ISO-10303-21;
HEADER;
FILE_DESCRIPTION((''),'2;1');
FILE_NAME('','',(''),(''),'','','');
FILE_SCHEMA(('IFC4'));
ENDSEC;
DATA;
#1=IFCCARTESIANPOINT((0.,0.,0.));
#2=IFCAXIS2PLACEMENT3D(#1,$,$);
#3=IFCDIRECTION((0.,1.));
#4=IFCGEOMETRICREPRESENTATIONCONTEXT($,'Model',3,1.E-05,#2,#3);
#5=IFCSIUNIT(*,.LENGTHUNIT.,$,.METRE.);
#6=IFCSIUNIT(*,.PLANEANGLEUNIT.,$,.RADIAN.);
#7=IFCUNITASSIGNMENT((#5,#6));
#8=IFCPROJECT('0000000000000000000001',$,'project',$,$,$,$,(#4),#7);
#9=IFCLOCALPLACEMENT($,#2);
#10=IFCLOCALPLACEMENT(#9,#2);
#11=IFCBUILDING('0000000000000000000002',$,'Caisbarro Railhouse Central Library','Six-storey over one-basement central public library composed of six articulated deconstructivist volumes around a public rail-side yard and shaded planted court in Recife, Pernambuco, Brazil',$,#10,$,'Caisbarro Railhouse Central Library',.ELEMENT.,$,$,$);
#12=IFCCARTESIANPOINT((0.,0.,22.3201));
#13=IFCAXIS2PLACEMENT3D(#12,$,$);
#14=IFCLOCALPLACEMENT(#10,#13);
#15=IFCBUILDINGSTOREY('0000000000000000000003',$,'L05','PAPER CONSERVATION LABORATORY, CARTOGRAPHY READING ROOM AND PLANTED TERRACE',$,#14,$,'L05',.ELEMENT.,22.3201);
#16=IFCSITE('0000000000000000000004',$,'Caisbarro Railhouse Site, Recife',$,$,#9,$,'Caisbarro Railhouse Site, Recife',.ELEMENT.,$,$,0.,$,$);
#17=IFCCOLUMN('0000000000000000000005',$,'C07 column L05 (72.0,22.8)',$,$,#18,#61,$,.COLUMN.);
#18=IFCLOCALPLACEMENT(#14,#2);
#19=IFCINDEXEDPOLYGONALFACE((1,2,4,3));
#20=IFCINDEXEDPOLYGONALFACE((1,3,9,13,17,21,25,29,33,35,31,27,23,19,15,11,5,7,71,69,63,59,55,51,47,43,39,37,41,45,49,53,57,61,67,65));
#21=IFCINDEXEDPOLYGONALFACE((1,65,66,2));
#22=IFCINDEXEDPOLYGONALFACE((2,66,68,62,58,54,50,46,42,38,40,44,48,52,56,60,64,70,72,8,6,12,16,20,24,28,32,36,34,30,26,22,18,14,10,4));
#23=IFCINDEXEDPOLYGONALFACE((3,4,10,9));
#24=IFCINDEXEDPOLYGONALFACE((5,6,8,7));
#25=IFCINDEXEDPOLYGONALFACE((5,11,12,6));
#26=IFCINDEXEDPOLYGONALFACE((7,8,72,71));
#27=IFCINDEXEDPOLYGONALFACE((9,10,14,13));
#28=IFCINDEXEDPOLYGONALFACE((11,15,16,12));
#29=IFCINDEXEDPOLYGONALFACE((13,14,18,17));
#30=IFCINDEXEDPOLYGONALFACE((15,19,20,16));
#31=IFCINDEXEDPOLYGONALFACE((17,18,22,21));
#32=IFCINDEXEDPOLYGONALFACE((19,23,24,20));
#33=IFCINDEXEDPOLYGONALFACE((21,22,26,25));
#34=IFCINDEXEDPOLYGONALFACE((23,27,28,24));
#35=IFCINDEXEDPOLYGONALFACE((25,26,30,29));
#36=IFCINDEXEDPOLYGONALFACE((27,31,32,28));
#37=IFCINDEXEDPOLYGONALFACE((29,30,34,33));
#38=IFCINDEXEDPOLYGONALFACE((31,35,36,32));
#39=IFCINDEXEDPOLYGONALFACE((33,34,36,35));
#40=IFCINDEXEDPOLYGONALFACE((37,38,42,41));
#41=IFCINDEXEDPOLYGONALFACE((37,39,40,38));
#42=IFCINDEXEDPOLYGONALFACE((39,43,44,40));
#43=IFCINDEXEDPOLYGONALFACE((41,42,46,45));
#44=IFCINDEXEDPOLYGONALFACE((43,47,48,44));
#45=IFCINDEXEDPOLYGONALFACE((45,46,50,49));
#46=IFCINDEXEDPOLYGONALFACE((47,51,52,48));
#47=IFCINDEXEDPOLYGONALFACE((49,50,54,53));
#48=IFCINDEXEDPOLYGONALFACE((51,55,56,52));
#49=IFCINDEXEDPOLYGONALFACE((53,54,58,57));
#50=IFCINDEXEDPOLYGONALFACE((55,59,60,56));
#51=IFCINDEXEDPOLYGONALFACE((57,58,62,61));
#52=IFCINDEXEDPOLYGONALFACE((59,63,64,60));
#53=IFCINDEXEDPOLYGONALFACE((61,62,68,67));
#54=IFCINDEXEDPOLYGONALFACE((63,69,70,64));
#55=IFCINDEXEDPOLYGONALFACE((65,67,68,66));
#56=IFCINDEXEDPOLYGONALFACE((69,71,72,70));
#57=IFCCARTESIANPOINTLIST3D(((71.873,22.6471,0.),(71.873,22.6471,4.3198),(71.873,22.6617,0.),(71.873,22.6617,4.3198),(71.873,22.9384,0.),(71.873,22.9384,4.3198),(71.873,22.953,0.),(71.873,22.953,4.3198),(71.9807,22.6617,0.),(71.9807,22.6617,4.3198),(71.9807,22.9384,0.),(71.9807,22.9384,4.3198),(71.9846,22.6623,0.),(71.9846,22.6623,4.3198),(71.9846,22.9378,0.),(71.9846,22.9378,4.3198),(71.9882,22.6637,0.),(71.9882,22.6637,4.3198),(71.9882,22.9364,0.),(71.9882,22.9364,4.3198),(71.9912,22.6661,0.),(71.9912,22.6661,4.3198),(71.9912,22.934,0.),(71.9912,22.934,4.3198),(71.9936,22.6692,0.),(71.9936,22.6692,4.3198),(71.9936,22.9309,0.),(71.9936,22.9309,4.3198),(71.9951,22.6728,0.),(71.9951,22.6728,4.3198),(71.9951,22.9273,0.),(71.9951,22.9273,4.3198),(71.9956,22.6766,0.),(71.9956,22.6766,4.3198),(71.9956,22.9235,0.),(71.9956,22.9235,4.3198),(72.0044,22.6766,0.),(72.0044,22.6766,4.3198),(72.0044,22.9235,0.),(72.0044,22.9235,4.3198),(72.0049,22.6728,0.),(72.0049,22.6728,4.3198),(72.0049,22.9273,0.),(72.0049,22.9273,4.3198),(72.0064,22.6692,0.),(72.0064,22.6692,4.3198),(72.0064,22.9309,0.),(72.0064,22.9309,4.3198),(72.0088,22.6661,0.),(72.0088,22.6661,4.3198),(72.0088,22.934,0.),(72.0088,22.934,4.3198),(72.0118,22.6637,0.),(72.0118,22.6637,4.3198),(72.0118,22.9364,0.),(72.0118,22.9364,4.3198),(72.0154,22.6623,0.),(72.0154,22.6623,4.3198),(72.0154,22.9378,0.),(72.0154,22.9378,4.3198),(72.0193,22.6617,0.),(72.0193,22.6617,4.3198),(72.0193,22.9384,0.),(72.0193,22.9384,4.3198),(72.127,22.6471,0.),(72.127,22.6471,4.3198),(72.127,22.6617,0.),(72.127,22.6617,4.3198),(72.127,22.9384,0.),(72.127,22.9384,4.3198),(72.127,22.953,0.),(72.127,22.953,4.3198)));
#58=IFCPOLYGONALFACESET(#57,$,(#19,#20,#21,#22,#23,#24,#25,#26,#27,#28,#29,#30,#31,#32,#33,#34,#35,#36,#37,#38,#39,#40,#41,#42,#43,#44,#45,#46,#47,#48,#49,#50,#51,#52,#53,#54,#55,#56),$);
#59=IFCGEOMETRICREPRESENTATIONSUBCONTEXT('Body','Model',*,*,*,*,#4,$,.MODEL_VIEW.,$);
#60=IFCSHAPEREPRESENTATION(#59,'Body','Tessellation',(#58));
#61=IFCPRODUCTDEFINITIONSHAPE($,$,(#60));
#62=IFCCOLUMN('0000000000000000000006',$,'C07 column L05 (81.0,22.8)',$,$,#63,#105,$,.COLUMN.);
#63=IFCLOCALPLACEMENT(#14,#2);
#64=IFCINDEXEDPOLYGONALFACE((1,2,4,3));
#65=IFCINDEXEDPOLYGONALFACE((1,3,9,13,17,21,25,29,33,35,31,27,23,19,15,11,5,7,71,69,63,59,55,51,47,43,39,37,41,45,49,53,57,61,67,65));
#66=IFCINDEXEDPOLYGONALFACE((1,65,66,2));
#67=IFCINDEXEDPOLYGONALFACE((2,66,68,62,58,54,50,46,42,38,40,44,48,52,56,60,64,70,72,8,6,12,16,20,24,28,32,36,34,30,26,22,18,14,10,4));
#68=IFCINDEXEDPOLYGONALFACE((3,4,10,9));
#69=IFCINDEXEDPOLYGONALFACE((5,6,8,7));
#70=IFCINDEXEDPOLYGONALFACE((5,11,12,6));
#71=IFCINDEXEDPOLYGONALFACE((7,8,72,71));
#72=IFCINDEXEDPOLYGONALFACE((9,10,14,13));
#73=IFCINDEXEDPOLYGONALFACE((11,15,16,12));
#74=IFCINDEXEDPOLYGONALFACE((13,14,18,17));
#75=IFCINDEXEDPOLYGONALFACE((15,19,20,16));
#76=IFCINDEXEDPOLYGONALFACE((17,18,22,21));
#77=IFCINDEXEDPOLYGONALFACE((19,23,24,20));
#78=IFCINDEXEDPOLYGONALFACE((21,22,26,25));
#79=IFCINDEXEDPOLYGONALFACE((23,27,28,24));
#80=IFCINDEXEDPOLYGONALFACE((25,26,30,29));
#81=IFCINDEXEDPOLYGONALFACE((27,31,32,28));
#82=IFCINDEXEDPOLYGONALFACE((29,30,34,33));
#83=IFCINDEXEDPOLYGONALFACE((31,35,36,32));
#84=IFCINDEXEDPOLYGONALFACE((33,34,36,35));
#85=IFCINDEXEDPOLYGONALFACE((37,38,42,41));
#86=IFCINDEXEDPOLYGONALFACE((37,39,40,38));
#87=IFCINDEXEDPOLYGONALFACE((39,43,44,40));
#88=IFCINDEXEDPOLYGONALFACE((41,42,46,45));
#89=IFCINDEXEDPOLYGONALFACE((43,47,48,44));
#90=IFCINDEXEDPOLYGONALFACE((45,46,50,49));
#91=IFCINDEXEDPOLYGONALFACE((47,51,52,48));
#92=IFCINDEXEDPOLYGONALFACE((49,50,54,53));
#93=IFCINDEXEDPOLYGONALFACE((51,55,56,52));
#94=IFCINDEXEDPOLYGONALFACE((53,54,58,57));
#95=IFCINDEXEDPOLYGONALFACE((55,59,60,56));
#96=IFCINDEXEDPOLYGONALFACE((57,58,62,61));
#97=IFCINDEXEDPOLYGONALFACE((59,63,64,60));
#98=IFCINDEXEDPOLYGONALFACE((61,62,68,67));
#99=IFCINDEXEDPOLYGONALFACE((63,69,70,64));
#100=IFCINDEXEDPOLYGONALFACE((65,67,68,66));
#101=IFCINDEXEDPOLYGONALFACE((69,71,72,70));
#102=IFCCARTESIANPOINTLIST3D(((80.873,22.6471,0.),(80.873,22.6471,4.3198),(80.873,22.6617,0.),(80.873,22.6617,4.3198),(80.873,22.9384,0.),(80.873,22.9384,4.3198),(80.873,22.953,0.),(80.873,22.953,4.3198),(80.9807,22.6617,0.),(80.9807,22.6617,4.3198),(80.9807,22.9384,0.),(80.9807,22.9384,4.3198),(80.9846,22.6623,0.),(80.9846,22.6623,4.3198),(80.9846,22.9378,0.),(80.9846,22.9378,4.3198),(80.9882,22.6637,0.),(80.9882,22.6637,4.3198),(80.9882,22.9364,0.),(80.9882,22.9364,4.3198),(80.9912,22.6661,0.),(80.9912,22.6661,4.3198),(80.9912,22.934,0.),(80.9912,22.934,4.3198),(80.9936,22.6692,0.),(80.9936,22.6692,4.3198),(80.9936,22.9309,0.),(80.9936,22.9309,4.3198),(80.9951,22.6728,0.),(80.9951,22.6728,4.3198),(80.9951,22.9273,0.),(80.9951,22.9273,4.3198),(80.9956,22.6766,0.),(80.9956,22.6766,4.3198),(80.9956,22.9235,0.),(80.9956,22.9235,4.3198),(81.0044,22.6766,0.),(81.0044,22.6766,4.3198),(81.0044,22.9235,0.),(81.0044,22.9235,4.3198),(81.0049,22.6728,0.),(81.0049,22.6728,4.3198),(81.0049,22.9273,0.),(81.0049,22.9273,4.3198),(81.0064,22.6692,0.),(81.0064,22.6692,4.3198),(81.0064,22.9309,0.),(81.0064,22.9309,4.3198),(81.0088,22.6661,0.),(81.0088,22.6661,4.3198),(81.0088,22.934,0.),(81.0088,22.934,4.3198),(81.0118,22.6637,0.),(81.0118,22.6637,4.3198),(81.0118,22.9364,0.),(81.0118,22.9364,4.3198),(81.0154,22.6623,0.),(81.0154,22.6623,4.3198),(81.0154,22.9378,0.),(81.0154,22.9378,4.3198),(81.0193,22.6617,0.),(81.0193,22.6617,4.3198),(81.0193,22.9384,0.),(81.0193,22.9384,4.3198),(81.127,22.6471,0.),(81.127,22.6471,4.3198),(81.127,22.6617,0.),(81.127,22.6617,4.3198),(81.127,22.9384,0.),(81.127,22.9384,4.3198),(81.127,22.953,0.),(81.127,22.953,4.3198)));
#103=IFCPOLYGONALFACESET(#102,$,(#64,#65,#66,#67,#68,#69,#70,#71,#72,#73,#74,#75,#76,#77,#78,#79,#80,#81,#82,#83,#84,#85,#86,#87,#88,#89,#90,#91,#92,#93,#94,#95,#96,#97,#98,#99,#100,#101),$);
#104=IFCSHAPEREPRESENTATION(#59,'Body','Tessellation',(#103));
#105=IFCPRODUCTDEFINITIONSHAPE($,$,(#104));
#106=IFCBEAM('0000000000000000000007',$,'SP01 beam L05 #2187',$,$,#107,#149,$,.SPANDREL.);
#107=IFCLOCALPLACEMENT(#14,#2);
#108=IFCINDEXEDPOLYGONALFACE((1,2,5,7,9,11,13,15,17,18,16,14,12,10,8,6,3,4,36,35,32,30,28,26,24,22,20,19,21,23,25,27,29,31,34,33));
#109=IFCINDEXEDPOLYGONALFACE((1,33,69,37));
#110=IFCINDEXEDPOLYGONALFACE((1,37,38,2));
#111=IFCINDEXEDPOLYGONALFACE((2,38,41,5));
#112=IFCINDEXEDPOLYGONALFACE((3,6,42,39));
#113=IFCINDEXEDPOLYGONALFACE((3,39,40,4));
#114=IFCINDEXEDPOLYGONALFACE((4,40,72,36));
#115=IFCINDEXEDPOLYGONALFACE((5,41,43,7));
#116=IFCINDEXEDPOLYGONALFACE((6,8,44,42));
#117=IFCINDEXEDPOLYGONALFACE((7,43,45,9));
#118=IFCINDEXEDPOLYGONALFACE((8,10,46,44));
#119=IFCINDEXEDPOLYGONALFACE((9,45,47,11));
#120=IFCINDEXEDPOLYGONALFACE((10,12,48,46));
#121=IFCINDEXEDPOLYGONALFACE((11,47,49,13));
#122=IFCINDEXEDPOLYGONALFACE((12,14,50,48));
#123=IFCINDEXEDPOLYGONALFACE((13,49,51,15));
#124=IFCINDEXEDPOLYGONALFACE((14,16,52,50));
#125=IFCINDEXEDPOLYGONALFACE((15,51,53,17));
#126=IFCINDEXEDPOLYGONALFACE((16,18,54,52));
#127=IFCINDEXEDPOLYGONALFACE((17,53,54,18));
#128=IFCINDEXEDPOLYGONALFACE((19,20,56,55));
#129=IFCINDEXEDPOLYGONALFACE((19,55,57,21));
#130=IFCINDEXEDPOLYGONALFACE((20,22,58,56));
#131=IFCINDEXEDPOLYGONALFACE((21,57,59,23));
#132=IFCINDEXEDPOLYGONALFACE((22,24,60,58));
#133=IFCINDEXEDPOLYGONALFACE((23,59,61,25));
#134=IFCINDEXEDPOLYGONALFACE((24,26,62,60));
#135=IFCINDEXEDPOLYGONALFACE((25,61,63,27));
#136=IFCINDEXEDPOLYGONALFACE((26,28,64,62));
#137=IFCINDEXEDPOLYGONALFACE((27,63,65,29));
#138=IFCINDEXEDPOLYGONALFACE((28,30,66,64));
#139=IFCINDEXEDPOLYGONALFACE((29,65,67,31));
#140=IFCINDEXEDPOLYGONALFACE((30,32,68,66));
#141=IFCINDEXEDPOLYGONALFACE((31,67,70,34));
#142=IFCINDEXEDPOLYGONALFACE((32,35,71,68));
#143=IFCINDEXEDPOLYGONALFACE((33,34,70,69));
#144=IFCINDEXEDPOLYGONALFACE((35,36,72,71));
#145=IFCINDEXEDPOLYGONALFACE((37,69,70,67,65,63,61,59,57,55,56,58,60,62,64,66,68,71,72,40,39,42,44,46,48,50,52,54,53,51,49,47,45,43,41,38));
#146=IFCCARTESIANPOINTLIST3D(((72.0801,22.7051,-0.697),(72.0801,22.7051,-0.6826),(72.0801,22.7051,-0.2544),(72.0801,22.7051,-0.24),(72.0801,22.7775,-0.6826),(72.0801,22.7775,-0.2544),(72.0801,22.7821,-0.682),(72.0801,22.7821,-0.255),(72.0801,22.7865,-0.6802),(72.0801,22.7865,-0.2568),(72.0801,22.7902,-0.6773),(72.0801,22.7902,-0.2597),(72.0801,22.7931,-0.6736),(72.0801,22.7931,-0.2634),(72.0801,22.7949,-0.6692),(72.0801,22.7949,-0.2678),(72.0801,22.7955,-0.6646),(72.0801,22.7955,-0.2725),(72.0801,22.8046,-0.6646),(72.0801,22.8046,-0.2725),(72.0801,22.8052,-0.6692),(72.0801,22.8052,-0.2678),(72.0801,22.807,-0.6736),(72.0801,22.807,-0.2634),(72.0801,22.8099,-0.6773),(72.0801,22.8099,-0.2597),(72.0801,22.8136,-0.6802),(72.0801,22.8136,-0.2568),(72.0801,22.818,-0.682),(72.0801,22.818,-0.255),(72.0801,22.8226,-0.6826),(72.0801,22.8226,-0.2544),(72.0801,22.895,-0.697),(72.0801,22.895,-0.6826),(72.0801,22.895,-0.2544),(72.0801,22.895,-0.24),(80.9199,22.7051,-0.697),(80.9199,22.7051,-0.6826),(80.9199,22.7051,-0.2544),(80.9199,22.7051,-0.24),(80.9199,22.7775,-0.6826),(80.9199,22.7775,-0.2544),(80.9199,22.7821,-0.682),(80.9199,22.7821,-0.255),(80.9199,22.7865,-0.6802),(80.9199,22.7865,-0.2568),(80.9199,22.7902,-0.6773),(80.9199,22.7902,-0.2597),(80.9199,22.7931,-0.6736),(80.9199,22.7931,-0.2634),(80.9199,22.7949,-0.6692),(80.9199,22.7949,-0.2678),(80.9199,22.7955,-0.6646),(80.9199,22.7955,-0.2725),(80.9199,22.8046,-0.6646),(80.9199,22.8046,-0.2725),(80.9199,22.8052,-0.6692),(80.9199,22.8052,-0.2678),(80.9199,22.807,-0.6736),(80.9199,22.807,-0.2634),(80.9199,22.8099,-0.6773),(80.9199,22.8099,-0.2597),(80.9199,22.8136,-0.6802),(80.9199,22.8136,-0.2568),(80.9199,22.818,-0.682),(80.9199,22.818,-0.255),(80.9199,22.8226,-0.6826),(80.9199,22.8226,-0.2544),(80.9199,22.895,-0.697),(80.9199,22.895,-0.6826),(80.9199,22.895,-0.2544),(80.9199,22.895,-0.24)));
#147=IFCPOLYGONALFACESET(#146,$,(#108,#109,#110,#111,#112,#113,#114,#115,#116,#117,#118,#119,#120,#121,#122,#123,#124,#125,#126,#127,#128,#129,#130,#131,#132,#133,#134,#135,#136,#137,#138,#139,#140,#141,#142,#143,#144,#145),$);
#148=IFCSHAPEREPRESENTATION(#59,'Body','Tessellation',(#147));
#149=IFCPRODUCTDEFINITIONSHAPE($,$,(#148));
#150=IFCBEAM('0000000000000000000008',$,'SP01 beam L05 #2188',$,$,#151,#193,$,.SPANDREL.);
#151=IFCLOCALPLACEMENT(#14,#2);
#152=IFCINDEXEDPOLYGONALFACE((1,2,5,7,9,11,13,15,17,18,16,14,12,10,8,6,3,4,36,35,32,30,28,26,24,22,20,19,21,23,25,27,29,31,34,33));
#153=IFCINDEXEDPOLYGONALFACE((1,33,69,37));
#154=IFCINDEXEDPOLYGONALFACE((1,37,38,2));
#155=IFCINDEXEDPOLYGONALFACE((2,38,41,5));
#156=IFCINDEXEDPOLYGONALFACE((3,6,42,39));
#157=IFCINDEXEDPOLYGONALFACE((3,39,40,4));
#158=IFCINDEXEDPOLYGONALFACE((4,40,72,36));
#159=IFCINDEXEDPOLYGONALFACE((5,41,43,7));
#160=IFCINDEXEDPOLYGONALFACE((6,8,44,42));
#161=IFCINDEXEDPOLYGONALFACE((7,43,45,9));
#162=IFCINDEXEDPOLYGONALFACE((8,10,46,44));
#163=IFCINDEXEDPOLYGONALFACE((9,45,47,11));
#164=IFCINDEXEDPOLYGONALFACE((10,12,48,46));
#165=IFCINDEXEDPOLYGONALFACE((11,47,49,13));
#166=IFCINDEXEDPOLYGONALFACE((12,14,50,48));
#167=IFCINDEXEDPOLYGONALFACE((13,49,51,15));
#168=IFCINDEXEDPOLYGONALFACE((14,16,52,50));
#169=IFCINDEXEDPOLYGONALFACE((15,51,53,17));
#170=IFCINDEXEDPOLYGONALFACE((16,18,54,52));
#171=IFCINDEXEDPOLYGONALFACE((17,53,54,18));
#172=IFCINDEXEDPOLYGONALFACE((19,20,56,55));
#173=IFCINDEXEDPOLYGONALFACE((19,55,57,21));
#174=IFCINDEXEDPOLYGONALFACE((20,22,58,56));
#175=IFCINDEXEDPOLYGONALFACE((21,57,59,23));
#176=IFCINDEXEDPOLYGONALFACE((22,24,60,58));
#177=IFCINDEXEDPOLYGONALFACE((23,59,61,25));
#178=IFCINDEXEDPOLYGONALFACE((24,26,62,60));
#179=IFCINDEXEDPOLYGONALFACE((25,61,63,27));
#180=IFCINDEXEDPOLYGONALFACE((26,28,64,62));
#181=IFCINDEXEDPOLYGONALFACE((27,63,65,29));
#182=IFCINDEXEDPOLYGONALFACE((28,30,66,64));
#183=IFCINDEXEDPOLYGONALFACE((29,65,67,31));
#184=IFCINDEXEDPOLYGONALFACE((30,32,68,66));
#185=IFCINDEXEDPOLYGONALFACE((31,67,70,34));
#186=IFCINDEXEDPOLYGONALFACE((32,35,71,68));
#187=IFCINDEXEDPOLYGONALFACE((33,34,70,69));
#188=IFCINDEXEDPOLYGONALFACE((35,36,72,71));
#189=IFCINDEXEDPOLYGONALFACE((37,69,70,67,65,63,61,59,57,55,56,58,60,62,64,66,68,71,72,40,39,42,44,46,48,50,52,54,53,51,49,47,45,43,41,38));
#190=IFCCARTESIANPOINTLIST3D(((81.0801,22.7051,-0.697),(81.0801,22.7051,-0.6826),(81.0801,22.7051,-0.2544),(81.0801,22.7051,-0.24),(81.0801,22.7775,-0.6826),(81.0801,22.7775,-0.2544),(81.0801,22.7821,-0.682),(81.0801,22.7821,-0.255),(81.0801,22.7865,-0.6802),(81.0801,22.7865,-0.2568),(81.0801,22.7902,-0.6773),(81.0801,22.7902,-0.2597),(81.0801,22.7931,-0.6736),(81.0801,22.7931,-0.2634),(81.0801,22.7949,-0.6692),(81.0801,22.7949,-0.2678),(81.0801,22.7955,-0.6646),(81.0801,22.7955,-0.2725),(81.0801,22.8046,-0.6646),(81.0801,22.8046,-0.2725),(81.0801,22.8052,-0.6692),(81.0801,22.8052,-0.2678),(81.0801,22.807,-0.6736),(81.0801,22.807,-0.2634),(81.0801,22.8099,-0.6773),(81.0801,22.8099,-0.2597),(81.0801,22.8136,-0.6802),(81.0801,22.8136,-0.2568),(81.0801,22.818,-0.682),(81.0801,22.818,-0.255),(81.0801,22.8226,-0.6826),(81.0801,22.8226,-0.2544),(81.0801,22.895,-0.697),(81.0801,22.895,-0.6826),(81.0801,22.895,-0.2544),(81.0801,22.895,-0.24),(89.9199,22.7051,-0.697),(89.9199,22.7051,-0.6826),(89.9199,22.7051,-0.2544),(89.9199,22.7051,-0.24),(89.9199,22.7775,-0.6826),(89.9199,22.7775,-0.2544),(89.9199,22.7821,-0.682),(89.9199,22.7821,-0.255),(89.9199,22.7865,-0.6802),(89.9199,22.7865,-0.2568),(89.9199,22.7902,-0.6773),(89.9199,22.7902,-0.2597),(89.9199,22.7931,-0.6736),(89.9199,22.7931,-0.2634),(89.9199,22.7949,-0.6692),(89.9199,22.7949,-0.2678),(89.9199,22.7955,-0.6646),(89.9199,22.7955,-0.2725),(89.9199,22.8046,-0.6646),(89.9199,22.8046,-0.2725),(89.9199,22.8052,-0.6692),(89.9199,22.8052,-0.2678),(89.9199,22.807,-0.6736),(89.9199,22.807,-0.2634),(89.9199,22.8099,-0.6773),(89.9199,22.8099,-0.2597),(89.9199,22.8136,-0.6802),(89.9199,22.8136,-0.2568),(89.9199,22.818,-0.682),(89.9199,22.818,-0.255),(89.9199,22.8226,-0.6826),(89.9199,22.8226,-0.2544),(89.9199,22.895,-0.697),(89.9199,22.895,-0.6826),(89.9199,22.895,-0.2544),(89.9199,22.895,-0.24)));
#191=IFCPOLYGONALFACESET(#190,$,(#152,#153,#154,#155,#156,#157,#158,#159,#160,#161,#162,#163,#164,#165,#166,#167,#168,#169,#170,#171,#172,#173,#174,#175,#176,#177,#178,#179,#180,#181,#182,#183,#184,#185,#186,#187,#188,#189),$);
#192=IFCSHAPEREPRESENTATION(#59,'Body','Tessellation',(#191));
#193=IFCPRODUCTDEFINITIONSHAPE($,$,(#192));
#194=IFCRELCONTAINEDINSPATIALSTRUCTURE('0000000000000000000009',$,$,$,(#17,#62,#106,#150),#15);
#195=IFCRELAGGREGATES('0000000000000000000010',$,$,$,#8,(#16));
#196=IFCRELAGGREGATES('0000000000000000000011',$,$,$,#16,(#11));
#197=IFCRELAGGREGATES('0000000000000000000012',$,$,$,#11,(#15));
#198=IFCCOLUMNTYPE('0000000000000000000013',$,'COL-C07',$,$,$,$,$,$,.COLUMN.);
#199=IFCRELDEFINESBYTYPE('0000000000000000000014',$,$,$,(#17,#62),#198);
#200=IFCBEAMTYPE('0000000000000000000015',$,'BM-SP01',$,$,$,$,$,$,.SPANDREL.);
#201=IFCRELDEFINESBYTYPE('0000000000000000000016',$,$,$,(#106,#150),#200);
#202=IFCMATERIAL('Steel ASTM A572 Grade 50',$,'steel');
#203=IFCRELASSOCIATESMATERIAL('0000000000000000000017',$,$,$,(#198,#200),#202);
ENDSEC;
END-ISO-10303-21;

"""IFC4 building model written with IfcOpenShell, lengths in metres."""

from ifc_helpers import new_model, si_unit, direction, frame, origin, origin_2d, place, context, subcontext, project, spatial, i_section, extrude, material, material_profile, profile_set, type_object, element, save


model = new_model("IFC4")

# Units and contexts
model_context = context("Model", 3, precision=1e-05, world=origin(), true_north=direction((0.0, 1.0)))
body_context = subcontext(model_context, "Body", "Model", "MODEL_VIEW")
ifc_project = project(units=[si_unit("LENGTHUNIT", "METRE"), si_unit("PLANEANGLEUNIT", "RADIAN")], contexts=[model_context])

# Site, building, storey
site_placement = place(None, origin())
site = spatial("IfcSite", under=ifc_project, at=site_placement, Name="Caisbarro Railhouse Site, Recife", LongName="Caisbarro Railhouse Site, Recife", CompositionType="ELEMENT", RefElevation=0.0)
building_placement = place(site_placement, origin())
building = spatial("IfcBuilding", under=site, at=building_placement, Name="Caisbarro Railhouse Central Library", Description="Six-storey over one-basement central public library composed of six articulated deconstructivist volumes around a public rail-side yard and shaded planted court in Recife, Pernambuco, Brazil", LongName="Caisbarro Railhouse Central Library", CompositionType="ELEMENT")
storey_placement = place(building_placement, frame((0.0, 0.0, 22.3201)))
storey = spatial("IfcBuildingStorey", under=building, at=storey_placement, Name="L05", Description="PAPER CONSERVATION LABORATORY, CARTOGRAPHY READING ROOM AND PLANTED TERRACE", LongName="L05", CompositionType="ELEMENT", Elevation=22.3201)

# Columns
ifc_material_1 = material(Name="Steel ASTM A572 Grade 50", Category="steel")
ifc_material_profile_1 = material_profile(ifc_material_1, i_section(OverallWidth=0.2539, OverallDepth=0.3059, WebThickness=0.0088, FlangeThickness=0.0146, FilletRadius=0.0149, at=origin_2d()), Name="W310X79.0")
ifc_profile_set_1 = profile_set([ifc_material_profile_1], Name="Steel ASTM A572 Grade 50")
column_type = type_object("IfcColumnType", Name="COL-C07", PredefinedType="COLUMN", material=ifc_profile_set_1)
for number, where, z_axis, x_axis, name in (
    (1, (72.0, 22.8, 0.0), (0.0, 0.0, 1.0), (1.0, 0.0, 0.0), "C07 column L05 (72.0,22.8)"),
    (2, (81.0, 22.8, 0.0), (0.0, 0.0, 1.0), (1.0, 0.0, 0.0), "C07 column L05 (81.0,22.8)"),
):
    element("IfcColumn", number, at=place(storey_placement, frame(where, z_axis=z_axis, x_axis=x_axis)), inside=storey, type_object=column_type, Name=name, PredefinedType="COLUMN", context=body_context, shape_type="SweptSolid", body=[
        extrude(i_section(OverallWidth=0.2539, OverallDepth=0.3059, WebThickness=0.0088, FlangeThickness=0.0146, FilletRadius=0.0149, at=origin_2d()), origin(), (0.0, 0.0, 1.0), 4.3198),
    ])

# Beams
ifc_material_profile_2 = material_profile(ifc_material_1, i_section(OverallWidth=0.1899, OverallDepth=0.457, WebThickness=0.009, FlangeThickness=0.0144, FilletRadius=0.0181, at=origin_2d()), Name="W460X74.0")
ifc_profile_set_2 = profile_set([ifc_material_profile_2], Name="Steel ASTM A572 Grade 50")
beam_type = type_object("IfcBeamType", Name="BM-SP01", PredefinedType="SPANDREL", material=ifc_profile_set_2)
for number, where, z_axis, x_axis, name in (
    (3, (72.0801, 22.8, -0.4685), (1.0, 0.0, 0.0), (0.0, 1.0, 0.0), "SP01 beam L05 #2187"),
    (4, (81.0801, 22.8, -0.4685), (1.0, 0.0, 0.0), (0.0, 1.0, 0.0), "SP01 beam L05 #2188"),
):
    element("IfcBeam", number, at=place(storey_placement, frame(where, z_axis=z_axis, x_axis=x_axis)), inside=storey, type_object=beam_type, Name=name, PredefinedType="SPANDREL", context=body_context, shape_type="SweptSolid", body=[
        extrude(i_section(OverallWidth=0.1899, OverallDepth=0.457, WebThickness=0.009, FlangeThickness=0.0144, FilletRadius=0.0181, at=origin_2d()), origin(), (0.0, 0.0, 1.0), 8.8398),
    ])

save(model, "model.ifc")
